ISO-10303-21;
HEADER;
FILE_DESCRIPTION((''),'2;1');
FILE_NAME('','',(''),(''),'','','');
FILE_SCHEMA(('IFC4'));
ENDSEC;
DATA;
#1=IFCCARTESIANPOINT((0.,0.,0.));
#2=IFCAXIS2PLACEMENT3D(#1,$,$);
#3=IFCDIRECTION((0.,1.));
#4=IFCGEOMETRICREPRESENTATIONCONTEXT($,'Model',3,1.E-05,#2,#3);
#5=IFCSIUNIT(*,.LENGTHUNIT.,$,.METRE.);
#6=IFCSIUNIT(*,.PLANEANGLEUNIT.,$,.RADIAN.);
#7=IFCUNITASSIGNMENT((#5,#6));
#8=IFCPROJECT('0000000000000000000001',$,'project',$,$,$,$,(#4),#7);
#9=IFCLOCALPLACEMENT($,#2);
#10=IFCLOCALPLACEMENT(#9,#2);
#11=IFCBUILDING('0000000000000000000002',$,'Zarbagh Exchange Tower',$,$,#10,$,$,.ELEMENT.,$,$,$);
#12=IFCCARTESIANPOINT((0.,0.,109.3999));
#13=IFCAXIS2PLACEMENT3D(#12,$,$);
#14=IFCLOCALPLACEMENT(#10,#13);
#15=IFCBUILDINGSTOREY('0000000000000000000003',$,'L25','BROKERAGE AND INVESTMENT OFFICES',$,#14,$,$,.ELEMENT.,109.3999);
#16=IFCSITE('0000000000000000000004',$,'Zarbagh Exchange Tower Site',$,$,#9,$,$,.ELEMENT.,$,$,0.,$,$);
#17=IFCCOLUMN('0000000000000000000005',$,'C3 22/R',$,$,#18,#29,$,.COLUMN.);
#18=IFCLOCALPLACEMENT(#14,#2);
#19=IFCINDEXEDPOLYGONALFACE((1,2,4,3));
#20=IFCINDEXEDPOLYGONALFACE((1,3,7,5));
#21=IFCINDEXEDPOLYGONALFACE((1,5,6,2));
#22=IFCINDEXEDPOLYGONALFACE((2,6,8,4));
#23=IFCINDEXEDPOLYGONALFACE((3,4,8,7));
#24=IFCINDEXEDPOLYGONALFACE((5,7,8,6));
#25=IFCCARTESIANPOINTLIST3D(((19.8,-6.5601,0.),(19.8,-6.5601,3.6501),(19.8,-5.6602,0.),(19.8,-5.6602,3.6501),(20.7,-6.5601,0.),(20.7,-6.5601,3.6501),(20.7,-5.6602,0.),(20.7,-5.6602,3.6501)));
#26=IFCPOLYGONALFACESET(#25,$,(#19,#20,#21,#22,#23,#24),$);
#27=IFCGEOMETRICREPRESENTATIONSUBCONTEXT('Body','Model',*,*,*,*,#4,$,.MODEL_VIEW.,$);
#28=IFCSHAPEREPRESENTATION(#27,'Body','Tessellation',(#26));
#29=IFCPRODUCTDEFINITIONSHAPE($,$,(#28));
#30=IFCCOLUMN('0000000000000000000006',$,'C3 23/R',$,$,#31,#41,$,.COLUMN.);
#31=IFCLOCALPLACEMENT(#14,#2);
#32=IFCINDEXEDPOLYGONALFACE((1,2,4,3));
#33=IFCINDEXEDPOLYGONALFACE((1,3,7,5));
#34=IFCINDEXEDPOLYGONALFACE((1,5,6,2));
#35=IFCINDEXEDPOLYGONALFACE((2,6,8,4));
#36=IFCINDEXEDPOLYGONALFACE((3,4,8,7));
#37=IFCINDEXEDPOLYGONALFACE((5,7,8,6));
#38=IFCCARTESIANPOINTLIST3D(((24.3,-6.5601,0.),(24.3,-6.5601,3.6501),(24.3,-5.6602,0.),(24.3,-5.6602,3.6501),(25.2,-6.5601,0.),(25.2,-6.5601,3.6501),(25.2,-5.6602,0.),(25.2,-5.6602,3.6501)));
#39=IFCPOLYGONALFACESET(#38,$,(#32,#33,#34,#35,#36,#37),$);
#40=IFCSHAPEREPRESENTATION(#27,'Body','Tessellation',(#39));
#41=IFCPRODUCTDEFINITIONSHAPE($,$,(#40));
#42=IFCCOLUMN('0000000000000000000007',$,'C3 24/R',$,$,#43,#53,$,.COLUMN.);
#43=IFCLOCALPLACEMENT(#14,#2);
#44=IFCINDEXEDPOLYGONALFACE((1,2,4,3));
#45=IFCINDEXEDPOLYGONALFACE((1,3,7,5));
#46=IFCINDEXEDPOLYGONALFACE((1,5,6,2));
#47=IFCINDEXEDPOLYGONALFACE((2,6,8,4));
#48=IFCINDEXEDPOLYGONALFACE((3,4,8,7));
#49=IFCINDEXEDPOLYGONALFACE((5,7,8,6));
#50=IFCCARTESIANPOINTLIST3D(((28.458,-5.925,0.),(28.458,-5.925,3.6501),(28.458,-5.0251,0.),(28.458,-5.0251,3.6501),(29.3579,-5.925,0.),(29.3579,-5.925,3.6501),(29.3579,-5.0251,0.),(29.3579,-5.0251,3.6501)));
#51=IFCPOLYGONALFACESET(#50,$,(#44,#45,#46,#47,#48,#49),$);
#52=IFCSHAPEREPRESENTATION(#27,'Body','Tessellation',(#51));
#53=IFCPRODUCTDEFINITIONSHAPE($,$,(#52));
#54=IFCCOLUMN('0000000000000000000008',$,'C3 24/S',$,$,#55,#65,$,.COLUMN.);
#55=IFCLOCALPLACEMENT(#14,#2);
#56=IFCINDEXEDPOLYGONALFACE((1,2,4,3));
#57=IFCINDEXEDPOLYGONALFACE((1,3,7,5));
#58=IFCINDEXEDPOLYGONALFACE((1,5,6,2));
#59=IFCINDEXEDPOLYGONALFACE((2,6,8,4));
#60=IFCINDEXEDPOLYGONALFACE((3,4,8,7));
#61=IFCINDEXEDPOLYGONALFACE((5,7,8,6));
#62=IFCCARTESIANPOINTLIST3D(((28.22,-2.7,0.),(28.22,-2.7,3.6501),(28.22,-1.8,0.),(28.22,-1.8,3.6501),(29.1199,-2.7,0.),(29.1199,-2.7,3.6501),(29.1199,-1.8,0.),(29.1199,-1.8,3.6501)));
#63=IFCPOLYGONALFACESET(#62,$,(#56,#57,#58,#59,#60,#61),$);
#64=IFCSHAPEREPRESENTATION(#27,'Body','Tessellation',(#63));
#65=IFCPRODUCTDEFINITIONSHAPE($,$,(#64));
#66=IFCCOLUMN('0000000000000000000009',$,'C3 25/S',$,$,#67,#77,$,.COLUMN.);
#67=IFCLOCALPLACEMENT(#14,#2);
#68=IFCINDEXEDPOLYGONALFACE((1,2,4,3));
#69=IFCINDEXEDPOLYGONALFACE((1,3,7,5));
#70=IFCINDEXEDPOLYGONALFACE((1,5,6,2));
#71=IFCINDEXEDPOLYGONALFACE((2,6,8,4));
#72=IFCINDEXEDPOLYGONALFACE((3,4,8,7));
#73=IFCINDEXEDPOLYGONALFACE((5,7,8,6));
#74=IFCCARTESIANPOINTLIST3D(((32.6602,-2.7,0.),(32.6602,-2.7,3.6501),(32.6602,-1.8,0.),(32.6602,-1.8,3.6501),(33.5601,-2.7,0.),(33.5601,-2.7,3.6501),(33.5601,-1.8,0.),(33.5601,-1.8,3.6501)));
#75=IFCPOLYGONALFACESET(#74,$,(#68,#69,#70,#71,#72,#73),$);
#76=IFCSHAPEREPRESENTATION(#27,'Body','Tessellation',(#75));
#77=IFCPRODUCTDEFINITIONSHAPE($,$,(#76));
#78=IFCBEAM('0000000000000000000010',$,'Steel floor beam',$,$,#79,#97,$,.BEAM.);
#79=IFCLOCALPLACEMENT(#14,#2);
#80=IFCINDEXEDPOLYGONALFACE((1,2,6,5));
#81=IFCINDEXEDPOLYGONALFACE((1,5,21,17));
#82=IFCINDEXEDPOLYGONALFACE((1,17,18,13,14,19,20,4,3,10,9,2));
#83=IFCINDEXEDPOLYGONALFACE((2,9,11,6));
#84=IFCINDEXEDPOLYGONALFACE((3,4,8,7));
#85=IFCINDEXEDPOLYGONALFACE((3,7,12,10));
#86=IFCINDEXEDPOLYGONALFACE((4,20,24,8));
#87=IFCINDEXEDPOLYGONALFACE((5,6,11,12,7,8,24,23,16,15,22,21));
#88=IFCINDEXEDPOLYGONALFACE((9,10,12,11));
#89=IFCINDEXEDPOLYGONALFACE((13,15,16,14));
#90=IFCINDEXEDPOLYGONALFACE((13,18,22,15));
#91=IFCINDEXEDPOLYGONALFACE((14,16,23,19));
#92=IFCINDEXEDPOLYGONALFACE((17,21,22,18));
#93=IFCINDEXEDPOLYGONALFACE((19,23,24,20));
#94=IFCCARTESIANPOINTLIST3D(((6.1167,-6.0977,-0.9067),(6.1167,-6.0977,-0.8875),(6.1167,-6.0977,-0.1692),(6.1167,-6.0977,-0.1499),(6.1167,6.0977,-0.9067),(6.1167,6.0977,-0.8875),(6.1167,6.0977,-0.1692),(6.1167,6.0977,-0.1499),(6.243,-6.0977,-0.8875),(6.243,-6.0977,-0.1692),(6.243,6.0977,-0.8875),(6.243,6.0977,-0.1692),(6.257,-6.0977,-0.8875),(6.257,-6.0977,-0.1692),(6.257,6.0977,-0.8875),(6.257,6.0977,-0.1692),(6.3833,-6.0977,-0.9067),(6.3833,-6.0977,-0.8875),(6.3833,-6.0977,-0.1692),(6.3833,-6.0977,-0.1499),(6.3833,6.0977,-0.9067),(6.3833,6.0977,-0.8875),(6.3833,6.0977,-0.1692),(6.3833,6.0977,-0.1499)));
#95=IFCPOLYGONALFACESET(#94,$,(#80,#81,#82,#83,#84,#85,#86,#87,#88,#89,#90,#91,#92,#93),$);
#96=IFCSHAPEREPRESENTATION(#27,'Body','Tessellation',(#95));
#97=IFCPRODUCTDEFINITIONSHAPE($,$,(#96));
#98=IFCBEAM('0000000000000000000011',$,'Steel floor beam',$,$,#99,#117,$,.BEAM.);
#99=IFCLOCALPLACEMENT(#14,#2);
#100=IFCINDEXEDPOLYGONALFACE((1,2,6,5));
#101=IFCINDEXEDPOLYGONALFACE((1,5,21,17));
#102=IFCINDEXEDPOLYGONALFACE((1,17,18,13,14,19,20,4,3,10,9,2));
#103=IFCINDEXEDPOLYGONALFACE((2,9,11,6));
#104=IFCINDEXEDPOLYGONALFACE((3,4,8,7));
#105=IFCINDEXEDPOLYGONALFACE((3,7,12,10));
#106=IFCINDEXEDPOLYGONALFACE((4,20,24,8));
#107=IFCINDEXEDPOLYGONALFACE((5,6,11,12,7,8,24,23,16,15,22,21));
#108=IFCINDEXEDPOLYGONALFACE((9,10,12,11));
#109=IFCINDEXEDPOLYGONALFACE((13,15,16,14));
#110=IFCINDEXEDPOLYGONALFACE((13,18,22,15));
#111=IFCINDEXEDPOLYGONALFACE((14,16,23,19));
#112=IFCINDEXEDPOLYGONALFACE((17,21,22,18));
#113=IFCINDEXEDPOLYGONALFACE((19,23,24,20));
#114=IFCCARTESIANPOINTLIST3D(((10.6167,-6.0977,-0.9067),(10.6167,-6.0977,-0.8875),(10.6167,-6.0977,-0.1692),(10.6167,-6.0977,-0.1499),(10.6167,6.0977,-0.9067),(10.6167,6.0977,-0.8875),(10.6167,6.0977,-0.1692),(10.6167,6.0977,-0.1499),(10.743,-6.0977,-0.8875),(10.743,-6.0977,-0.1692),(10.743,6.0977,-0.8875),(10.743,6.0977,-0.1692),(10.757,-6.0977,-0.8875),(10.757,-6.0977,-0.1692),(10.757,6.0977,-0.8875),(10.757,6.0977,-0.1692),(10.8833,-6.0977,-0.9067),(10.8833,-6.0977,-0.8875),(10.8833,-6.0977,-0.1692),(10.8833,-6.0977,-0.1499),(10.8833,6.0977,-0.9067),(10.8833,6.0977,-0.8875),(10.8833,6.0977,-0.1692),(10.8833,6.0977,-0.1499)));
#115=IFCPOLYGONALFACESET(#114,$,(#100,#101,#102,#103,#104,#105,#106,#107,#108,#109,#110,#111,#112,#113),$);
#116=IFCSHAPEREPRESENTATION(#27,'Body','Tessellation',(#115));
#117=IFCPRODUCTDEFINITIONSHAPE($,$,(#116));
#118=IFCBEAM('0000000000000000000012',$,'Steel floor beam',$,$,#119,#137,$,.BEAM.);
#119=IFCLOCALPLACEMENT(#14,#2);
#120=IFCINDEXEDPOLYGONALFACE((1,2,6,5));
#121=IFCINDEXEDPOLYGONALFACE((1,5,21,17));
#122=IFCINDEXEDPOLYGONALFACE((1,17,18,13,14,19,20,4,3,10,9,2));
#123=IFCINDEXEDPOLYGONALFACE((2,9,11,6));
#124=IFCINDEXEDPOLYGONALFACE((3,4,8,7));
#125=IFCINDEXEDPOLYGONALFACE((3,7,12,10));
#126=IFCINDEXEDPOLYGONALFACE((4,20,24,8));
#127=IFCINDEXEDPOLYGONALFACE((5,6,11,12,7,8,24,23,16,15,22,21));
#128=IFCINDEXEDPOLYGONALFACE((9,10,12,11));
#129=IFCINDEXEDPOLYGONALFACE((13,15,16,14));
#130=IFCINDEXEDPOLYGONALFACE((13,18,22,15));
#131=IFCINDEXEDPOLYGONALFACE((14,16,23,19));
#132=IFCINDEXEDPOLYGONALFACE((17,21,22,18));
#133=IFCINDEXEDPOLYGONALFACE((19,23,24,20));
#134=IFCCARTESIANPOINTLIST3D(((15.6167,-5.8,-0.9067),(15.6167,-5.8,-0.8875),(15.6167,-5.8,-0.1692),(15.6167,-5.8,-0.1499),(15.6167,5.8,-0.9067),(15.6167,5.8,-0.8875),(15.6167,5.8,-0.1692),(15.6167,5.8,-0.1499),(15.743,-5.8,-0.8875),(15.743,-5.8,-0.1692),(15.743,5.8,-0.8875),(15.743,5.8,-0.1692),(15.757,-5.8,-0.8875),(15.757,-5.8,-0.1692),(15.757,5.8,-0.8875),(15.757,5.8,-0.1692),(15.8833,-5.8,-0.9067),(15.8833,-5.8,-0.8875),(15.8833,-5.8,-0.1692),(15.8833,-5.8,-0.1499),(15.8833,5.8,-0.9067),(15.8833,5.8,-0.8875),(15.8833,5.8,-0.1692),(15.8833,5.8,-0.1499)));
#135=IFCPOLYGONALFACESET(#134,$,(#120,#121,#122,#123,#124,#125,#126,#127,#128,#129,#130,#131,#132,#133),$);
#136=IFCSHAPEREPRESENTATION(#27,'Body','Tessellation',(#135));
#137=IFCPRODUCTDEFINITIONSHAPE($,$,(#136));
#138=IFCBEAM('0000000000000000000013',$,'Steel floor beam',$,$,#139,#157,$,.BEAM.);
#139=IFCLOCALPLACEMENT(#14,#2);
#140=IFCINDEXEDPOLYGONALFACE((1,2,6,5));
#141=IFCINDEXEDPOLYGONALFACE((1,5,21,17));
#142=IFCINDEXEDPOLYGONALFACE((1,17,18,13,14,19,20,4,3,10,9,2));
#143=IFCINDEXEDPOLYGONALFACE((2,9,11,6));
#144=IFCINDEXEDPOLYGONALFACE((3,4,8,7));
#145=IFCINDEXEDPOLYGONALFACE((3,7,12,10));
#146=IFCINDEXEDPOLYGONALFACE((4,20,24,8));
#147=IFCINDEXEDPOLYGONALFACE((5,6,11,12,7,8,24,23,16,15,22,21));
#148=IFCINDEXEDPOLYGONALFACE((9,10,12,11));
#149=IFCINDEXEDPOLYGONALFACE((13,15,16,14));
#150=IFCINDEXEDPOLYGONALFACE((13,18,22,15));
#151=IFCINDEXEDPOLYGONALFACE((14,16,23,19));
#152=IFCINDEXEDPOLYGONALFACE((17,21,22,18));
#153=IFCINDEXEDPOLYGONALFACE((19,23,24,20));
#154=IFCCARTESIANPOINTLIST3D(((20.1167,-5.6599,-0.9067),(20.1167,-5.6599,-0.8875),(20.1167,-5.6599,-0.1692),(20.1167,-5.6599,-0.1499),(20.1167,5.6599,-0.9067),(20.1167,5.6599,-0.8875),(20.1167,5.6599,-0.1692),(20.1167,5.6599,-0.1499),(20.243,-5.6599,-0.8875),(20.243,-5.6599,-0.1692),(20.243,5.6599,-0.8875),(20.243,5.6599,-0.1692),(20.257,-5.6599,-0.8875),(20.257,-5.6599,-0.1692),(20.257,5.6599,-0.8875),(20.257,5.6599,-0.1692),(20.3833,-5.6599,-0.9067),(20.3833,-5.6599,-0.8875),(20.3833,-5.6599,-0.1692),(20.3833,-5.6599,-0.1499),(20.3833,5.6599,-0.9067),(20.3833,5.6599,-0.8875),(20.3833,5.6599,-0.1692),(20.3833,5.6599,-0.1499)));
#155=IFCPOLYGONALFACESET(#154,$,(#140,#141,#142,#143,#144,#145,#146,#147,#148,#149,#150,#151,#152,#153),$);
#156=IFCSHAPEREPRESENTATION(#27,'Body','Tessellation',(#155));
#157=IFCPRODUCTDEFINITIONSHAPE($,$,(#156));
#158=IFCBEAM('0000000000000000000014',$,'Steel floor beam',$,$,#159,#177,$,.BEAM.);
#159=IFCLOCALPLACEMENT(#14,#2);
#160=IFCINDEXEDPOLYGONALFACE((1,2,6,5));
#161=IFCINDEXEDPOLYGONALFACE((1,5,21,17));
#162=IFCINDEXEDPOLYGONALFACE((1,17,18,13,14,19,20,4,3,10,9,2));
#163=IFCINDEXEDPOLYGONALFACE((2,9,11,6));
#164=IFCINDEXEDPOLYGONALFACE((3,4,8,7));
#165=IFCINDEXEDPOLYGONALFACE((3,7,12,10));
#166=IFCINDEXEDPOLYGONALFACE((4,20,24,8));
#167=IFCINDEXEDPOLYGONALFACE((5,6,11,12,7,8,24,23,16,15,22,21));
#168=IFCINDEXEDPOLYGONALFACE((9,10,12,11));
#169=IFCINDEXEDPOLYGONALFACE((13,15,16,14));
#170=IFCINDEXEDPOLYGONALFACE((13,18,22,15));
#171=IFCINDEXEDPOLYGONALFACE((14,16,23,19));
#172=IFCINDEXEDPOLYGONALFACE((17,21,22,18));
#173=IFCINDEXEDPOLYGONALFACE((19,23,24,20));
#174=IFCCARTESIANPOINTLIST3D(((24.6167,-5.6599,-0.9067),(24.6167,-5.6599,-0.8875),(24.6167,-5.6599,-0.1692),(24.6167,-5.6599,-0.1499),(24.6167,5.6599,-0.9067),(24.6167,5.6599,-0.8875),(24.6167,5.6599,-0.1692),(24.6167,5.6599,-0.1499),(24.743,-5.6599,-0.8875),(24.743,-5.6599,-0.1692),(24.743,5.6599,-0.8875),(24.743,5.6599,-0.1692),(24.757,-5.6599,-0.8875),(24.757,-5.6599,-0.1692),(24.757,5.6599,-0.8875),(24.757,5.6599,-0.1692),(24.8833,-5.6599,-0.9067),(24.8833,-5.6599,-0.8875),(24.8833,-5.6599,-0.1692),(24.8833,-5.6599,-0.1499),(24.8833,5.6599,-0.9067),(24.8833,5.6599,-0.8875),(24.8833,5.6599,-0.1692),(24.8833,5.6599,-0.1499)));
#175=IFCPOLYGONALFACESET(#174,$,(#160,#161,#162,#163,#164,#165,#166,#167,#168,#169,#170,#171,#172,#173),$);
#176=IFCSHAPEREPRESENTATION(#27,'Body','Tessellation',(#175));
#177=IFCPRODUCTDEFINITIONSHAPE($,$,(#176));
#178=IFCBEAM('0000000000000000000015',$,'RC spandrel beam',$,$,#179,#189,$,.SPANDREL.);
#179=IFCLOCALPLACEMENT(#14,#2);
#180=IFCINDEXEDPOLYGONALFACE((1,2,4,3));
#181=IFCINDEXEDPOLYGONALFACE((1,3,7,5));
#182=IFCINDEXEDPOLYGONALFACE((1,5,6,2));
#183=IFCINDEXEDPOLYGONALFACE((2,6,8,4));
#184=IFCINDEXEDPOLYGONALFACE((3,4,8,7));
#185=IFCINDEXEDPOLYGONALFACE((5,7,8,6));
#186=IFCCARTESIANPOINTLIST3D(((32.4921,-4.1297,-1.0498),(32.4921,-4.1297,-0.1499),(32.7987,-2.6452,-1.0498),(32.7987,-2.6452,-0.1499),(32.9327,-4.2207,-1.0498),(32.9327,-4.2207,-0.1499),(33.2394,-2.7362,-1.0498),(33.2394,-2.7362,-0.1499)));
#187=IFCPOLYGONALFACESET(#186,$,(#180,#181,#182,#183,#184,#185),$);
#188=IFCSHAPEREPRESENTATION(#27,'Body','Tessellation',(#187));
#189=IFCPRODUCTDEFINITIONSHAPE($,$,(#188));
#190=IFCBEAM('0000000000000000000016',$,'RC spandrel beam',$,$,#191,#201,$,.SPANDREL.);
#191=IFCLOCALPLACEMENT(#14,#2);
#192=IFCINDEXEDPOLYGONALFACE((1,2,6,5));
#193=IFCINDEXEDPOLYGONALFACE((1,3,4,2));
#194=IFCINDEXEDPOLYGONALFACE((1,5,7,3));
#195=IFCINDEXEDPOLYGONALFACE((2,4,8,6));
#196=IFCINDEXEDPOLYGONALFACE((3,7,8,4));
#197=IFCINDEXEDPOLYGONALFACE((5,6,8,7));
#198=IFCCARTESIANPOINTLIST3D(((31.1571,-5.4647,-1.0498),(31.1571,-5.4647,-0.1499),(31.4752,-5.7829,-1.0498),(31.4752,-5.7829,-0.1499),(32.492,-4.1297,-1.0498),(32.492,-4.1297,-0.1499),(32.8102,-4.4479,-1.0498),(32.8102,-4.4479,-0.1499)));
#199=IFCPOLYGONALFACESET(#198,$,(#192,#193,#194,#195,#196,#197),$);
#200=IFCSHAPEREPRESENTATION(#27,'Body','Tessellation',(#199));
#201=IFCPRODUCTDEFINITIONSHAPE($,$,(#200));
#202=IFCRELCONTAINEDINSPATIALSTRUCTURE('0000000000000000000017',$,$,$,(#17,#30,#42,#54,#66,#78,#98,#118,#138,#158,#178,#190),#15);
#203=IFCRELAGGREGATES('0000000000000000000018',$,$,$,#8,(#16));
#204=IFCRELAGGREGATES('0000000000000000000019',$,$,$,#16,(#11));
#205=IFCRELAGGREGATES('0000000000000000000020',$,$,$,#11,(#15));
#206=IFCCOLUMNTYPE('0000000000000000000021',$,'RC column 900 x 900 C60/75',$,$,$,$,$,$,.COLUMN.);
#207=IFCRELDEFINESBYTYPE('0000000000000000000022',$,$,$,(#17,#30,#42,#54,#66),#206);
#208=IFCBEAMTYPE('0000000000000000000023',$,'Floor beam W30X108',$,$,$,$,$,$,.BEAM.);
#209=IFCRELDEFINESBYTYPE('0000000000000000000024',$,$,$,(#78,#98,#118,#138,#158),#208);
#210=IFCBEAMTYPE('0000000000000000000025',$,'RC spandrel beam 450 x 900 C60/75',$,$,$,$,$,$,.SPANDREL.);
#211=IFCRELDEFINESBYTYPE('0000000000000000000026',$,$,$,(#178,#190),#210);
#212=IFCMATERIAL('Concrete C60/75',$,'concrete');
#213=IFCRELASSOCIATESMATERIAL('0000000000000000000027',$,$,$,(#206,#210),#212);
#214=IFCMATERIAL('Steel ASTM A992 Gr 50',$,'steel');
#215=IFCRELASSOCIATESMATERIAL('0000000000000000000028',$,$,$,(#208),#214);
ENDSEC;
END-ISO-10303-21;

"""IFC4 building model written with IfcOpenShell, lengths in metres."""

from ifc_helpers import new_model, si_unit, direction, frame, origin, origin_2d, place, context, subcontext, project, spatial, rectangle, i_section, extrude, material, material_profile, profile_set, type_object, element, save


model = new_model("IFC4")

# Units and contexts
model_context = context("Model", 3, precision=1e-05, world=origin(), true_north=direction((0.0, 1.0)))
body_context = subcontext(model_context, "Body", "Model", "MODEL_VIEW")
ifc_project = project(units=[si_unit("LENGTHUNIT", "METRE"), si_unit("PLANEANGLEUNIT", "RADIAN")], contexts=[model_context])

# Site, building, storey
site_placement = place(None, origin())
site = spatial("IfcSite", under=ifc_project, at=site_placement, Name="Zarbagh Exchange Tower Site", CompositionType="ELEMENT", RefElevation=0.0)
building_placement = place(site_placement, origin())
building = spatial("IfcBuilding", under=site, at=building_placement, Name="Zarbagh Exchange Tower", CompositionType="ELEMENT")
storey_placement = place(building_placement, frame((0.0, 0.0, 109.3999)))
storey = spatial("IfcBuildingStorey", under=building, at=storey_placement, Name="L25", Description="BROKERAGE AND INVESTMENT OFFICES", CompositionType="ELEMENT", Elevation=109.3999)

# Columns
ifc_material_1 = material(Name="Concrete C60/75", Category="concrete")
ifc_material_profile_1 = material_profile(ifc_material_1, rectangle(XDim=0.8999, YDim=0.8999, at=origin_2d()), Name="RC column 900 x 900 C60/75")
ifc_profile_set_1 = profile_set([ifc_material_profile_1], Name="Concrete C60/75")
column_type = type_object("IfcColumnType", Name="RC column 900 x 900 C60/75", PredefinedType="COLUMN", material=ifc_profile_set_1)
for number, where, z_axis, x_axis, name in (
    (1, (20.25, -6.1101, 0.0), (0.0, 0.0, 1.0), (1.0, 0.0, 0.0), "C3 22/R"),
    (2, (24.75, -6.1101, 0.0), (0.0, 0.0, 1.0), (1.0, 0.0, 0.0), "C3 23/R"),
    (3, (28.908, -5.4751, 0.0), (0.0, 0.0, 1.0), (1.0, 0.0, 0.0), "C3 24/R"),
    (4, (28.6699, -2.25, 0.0), (0.0, 0.0, 1.0), (1.0, 0.0, 0.0), "C3 24/S"),
    (5, (33.1101, -2.25, 0.0), (0.0, 0.0, 1.0), (1.0, 0.0, 0.0), "C3 25/S"),
):
    element("IfcColumn", number, at=place(storey_placement, frame(where, z_axis=z_axis, x_axis=x_axis)), inside=storey, type_object=column_type, Name=name, PredefinedType="COLUMN", context=body_context, shape_type="SweptSolid", body=[
        extrude(rectangle(XDim=0.8999, YDim=0.8999, at=origin_2d()), origin(), (0.0, 0.0, 1.0), 3.6501),
    ])

# Beams
ifc_material_2 = material(Name="Steel ASTM A992 Gr 50", Category="steel")
ifc_material_profile_2 = material_profile(ifc_material_2, i_section(OverallWidth=0.2666, OverallDepth=0.7568, WebThickness=0.0139, FlangeThickness=0.0193, at=origin_2d()), Name="W30X108")
ifc_profile_set_2 = profile_set([ifc_material_profile_2], Name="Steel ASTM A992 Gr 50")
beam_type_1 = type_object("IfcBeamType", Name="Floor beam W30X108", PredefinedType="BEAM", material=ifc_profile_set_2)
for number, where, z_axis, x_axis, name in (
    (6, (6.25, -6.0977, -0.5283), (0.0, 1.0, 0.0), (-1.0, 0.0, 0.0), "Steel floor beam"),
    (7, (10.75, -6.0977, -0.5283), (0.0, 1.0, 0.0), (-1.0, 0.0, 0.0), "Steel floor beam"),
):
    element("IfcBeam", number, at=place(storey_placement, frame(where, z_axis=z_axis, x_axis=x_axis)), inside=storey, type_object=beam_type_1, Name=name, PredefinedType="BEAM", context=body_context, shape_type="SweptSolid", body=[
        extrude(i_section(OverallWidth=0.2666, OverallDepth=0.7568, WebThickness=0.0139, FlangeThickness=0.0193, at=origin_2d()), origin(), (0.0, 0.0, 1.0), 12.1953),
    ])
beam_1_placement = place(storey_placement, frame((15.75, -5.8, -0.5283), z_axis=(0.0, 1.0, 0.0), x_axis=(-1.0, 0.0, 0.0)))
element("IfcBeam", 8, at=beam_1_placement, inside=storey, type_object=beam_type_1, Name="Steel floor beam", PredefinedType="BEAM", context=body_context, shape_type="SweptSolid", body=[
    extrude(i_section(OverallWidth=0.2666, OverallDepth=0.7568, WebThickness=0.0139, FlangeThickness=0.0193, at=origin_2d()), origin(), (0.0, 0.0, 1.0), 11.6001),
])
for number, where, z_axis, x_axis, name in (
    (9, (20.25, -5.6599, -0.5283), (0.0, 1.0, 0.0), (-1.0, 0.0, 0.0), "Steel floor beam"),
    (10, (24.75, -5.6599, -0.5283), (0.0, 1.0, 0.0), (-1.0, 0.0, 0.0), "Steel floor beam"),
):
    element("IfcBeam", number, at=place(storey_placement, frame(where, z_axis=z_axis, x_axis=x_axis)), inside=storey, type_object=beam_type_1, Name=name, PredefinedType="BEAM", context=body_context, shape_type="SweptSolid", body=[
        extrude(i_section(OverallWidth=0.2666, OverallDepth=0.7568, WebThickness=0.0139, FlangeThickness=0.0193, at=origin_2d()), origin(), (0.0, 0.0, 1.0), 11.3198),
    ])
ifc_material_profile_3 = material_profile(ifc_material_1, rectangle(XDim=0.45, YDim=0.8999, at=origin_2d()), Name="RC spandrel beam 450 x 900 C60/75")
ifc_profile_set_3 = profile_set([ifc_material_profile_3], Name="Concrete C60/75")
beam_type_2 = type_object("IfcBeamType", Name="RC spandrel beam 450 x 900 C60/75", PredefinedType="SPANDREL", material=ifc_profile_set_3)
beam_2_placement = place(storey_placement, frame((33.019, -2.6907, -0.5999), z_axis=(-0.202275, -0.979329, 0.0), x_axis=(0.979329, -0.202275, 0.0)))
element("IfcBeam", 11, at=beam_2_placement, inside=storey, type_object=beam_type_2, Name="RC spandrel beam", PredefinedType="SPANDREL", context=body_context, shape_type="SweptSolid", body=[
    extrude(rectangle(XDim=0.45, YDim=0.8999, at=origin_2d()), origin(), (0.0, 0.0, 1.0), 1.5159),
])
beam_3_placement = place(storey_placement, frame((32.6511, -4.2888, -0.5999), z_axis=(-0.707107, -0.707107, 0.0), x_axis=(0.707107, -0.707107, 0.0)))
element("IfcBeam", 12, at=beam_3_placement, inside=storey, type_object=beam_type_2, Name="RC spandrel beam", PredefinedType="SPANDREL", context=body_context, shape_type="SweptSolid", body=[
    extrude(rectangle(XDim=0.45, YDim=0.8999, at=origin_2d()), origin(), (0.0, 0.0, 1.0), 1.8879),
])

save(model, "model.ifc")
